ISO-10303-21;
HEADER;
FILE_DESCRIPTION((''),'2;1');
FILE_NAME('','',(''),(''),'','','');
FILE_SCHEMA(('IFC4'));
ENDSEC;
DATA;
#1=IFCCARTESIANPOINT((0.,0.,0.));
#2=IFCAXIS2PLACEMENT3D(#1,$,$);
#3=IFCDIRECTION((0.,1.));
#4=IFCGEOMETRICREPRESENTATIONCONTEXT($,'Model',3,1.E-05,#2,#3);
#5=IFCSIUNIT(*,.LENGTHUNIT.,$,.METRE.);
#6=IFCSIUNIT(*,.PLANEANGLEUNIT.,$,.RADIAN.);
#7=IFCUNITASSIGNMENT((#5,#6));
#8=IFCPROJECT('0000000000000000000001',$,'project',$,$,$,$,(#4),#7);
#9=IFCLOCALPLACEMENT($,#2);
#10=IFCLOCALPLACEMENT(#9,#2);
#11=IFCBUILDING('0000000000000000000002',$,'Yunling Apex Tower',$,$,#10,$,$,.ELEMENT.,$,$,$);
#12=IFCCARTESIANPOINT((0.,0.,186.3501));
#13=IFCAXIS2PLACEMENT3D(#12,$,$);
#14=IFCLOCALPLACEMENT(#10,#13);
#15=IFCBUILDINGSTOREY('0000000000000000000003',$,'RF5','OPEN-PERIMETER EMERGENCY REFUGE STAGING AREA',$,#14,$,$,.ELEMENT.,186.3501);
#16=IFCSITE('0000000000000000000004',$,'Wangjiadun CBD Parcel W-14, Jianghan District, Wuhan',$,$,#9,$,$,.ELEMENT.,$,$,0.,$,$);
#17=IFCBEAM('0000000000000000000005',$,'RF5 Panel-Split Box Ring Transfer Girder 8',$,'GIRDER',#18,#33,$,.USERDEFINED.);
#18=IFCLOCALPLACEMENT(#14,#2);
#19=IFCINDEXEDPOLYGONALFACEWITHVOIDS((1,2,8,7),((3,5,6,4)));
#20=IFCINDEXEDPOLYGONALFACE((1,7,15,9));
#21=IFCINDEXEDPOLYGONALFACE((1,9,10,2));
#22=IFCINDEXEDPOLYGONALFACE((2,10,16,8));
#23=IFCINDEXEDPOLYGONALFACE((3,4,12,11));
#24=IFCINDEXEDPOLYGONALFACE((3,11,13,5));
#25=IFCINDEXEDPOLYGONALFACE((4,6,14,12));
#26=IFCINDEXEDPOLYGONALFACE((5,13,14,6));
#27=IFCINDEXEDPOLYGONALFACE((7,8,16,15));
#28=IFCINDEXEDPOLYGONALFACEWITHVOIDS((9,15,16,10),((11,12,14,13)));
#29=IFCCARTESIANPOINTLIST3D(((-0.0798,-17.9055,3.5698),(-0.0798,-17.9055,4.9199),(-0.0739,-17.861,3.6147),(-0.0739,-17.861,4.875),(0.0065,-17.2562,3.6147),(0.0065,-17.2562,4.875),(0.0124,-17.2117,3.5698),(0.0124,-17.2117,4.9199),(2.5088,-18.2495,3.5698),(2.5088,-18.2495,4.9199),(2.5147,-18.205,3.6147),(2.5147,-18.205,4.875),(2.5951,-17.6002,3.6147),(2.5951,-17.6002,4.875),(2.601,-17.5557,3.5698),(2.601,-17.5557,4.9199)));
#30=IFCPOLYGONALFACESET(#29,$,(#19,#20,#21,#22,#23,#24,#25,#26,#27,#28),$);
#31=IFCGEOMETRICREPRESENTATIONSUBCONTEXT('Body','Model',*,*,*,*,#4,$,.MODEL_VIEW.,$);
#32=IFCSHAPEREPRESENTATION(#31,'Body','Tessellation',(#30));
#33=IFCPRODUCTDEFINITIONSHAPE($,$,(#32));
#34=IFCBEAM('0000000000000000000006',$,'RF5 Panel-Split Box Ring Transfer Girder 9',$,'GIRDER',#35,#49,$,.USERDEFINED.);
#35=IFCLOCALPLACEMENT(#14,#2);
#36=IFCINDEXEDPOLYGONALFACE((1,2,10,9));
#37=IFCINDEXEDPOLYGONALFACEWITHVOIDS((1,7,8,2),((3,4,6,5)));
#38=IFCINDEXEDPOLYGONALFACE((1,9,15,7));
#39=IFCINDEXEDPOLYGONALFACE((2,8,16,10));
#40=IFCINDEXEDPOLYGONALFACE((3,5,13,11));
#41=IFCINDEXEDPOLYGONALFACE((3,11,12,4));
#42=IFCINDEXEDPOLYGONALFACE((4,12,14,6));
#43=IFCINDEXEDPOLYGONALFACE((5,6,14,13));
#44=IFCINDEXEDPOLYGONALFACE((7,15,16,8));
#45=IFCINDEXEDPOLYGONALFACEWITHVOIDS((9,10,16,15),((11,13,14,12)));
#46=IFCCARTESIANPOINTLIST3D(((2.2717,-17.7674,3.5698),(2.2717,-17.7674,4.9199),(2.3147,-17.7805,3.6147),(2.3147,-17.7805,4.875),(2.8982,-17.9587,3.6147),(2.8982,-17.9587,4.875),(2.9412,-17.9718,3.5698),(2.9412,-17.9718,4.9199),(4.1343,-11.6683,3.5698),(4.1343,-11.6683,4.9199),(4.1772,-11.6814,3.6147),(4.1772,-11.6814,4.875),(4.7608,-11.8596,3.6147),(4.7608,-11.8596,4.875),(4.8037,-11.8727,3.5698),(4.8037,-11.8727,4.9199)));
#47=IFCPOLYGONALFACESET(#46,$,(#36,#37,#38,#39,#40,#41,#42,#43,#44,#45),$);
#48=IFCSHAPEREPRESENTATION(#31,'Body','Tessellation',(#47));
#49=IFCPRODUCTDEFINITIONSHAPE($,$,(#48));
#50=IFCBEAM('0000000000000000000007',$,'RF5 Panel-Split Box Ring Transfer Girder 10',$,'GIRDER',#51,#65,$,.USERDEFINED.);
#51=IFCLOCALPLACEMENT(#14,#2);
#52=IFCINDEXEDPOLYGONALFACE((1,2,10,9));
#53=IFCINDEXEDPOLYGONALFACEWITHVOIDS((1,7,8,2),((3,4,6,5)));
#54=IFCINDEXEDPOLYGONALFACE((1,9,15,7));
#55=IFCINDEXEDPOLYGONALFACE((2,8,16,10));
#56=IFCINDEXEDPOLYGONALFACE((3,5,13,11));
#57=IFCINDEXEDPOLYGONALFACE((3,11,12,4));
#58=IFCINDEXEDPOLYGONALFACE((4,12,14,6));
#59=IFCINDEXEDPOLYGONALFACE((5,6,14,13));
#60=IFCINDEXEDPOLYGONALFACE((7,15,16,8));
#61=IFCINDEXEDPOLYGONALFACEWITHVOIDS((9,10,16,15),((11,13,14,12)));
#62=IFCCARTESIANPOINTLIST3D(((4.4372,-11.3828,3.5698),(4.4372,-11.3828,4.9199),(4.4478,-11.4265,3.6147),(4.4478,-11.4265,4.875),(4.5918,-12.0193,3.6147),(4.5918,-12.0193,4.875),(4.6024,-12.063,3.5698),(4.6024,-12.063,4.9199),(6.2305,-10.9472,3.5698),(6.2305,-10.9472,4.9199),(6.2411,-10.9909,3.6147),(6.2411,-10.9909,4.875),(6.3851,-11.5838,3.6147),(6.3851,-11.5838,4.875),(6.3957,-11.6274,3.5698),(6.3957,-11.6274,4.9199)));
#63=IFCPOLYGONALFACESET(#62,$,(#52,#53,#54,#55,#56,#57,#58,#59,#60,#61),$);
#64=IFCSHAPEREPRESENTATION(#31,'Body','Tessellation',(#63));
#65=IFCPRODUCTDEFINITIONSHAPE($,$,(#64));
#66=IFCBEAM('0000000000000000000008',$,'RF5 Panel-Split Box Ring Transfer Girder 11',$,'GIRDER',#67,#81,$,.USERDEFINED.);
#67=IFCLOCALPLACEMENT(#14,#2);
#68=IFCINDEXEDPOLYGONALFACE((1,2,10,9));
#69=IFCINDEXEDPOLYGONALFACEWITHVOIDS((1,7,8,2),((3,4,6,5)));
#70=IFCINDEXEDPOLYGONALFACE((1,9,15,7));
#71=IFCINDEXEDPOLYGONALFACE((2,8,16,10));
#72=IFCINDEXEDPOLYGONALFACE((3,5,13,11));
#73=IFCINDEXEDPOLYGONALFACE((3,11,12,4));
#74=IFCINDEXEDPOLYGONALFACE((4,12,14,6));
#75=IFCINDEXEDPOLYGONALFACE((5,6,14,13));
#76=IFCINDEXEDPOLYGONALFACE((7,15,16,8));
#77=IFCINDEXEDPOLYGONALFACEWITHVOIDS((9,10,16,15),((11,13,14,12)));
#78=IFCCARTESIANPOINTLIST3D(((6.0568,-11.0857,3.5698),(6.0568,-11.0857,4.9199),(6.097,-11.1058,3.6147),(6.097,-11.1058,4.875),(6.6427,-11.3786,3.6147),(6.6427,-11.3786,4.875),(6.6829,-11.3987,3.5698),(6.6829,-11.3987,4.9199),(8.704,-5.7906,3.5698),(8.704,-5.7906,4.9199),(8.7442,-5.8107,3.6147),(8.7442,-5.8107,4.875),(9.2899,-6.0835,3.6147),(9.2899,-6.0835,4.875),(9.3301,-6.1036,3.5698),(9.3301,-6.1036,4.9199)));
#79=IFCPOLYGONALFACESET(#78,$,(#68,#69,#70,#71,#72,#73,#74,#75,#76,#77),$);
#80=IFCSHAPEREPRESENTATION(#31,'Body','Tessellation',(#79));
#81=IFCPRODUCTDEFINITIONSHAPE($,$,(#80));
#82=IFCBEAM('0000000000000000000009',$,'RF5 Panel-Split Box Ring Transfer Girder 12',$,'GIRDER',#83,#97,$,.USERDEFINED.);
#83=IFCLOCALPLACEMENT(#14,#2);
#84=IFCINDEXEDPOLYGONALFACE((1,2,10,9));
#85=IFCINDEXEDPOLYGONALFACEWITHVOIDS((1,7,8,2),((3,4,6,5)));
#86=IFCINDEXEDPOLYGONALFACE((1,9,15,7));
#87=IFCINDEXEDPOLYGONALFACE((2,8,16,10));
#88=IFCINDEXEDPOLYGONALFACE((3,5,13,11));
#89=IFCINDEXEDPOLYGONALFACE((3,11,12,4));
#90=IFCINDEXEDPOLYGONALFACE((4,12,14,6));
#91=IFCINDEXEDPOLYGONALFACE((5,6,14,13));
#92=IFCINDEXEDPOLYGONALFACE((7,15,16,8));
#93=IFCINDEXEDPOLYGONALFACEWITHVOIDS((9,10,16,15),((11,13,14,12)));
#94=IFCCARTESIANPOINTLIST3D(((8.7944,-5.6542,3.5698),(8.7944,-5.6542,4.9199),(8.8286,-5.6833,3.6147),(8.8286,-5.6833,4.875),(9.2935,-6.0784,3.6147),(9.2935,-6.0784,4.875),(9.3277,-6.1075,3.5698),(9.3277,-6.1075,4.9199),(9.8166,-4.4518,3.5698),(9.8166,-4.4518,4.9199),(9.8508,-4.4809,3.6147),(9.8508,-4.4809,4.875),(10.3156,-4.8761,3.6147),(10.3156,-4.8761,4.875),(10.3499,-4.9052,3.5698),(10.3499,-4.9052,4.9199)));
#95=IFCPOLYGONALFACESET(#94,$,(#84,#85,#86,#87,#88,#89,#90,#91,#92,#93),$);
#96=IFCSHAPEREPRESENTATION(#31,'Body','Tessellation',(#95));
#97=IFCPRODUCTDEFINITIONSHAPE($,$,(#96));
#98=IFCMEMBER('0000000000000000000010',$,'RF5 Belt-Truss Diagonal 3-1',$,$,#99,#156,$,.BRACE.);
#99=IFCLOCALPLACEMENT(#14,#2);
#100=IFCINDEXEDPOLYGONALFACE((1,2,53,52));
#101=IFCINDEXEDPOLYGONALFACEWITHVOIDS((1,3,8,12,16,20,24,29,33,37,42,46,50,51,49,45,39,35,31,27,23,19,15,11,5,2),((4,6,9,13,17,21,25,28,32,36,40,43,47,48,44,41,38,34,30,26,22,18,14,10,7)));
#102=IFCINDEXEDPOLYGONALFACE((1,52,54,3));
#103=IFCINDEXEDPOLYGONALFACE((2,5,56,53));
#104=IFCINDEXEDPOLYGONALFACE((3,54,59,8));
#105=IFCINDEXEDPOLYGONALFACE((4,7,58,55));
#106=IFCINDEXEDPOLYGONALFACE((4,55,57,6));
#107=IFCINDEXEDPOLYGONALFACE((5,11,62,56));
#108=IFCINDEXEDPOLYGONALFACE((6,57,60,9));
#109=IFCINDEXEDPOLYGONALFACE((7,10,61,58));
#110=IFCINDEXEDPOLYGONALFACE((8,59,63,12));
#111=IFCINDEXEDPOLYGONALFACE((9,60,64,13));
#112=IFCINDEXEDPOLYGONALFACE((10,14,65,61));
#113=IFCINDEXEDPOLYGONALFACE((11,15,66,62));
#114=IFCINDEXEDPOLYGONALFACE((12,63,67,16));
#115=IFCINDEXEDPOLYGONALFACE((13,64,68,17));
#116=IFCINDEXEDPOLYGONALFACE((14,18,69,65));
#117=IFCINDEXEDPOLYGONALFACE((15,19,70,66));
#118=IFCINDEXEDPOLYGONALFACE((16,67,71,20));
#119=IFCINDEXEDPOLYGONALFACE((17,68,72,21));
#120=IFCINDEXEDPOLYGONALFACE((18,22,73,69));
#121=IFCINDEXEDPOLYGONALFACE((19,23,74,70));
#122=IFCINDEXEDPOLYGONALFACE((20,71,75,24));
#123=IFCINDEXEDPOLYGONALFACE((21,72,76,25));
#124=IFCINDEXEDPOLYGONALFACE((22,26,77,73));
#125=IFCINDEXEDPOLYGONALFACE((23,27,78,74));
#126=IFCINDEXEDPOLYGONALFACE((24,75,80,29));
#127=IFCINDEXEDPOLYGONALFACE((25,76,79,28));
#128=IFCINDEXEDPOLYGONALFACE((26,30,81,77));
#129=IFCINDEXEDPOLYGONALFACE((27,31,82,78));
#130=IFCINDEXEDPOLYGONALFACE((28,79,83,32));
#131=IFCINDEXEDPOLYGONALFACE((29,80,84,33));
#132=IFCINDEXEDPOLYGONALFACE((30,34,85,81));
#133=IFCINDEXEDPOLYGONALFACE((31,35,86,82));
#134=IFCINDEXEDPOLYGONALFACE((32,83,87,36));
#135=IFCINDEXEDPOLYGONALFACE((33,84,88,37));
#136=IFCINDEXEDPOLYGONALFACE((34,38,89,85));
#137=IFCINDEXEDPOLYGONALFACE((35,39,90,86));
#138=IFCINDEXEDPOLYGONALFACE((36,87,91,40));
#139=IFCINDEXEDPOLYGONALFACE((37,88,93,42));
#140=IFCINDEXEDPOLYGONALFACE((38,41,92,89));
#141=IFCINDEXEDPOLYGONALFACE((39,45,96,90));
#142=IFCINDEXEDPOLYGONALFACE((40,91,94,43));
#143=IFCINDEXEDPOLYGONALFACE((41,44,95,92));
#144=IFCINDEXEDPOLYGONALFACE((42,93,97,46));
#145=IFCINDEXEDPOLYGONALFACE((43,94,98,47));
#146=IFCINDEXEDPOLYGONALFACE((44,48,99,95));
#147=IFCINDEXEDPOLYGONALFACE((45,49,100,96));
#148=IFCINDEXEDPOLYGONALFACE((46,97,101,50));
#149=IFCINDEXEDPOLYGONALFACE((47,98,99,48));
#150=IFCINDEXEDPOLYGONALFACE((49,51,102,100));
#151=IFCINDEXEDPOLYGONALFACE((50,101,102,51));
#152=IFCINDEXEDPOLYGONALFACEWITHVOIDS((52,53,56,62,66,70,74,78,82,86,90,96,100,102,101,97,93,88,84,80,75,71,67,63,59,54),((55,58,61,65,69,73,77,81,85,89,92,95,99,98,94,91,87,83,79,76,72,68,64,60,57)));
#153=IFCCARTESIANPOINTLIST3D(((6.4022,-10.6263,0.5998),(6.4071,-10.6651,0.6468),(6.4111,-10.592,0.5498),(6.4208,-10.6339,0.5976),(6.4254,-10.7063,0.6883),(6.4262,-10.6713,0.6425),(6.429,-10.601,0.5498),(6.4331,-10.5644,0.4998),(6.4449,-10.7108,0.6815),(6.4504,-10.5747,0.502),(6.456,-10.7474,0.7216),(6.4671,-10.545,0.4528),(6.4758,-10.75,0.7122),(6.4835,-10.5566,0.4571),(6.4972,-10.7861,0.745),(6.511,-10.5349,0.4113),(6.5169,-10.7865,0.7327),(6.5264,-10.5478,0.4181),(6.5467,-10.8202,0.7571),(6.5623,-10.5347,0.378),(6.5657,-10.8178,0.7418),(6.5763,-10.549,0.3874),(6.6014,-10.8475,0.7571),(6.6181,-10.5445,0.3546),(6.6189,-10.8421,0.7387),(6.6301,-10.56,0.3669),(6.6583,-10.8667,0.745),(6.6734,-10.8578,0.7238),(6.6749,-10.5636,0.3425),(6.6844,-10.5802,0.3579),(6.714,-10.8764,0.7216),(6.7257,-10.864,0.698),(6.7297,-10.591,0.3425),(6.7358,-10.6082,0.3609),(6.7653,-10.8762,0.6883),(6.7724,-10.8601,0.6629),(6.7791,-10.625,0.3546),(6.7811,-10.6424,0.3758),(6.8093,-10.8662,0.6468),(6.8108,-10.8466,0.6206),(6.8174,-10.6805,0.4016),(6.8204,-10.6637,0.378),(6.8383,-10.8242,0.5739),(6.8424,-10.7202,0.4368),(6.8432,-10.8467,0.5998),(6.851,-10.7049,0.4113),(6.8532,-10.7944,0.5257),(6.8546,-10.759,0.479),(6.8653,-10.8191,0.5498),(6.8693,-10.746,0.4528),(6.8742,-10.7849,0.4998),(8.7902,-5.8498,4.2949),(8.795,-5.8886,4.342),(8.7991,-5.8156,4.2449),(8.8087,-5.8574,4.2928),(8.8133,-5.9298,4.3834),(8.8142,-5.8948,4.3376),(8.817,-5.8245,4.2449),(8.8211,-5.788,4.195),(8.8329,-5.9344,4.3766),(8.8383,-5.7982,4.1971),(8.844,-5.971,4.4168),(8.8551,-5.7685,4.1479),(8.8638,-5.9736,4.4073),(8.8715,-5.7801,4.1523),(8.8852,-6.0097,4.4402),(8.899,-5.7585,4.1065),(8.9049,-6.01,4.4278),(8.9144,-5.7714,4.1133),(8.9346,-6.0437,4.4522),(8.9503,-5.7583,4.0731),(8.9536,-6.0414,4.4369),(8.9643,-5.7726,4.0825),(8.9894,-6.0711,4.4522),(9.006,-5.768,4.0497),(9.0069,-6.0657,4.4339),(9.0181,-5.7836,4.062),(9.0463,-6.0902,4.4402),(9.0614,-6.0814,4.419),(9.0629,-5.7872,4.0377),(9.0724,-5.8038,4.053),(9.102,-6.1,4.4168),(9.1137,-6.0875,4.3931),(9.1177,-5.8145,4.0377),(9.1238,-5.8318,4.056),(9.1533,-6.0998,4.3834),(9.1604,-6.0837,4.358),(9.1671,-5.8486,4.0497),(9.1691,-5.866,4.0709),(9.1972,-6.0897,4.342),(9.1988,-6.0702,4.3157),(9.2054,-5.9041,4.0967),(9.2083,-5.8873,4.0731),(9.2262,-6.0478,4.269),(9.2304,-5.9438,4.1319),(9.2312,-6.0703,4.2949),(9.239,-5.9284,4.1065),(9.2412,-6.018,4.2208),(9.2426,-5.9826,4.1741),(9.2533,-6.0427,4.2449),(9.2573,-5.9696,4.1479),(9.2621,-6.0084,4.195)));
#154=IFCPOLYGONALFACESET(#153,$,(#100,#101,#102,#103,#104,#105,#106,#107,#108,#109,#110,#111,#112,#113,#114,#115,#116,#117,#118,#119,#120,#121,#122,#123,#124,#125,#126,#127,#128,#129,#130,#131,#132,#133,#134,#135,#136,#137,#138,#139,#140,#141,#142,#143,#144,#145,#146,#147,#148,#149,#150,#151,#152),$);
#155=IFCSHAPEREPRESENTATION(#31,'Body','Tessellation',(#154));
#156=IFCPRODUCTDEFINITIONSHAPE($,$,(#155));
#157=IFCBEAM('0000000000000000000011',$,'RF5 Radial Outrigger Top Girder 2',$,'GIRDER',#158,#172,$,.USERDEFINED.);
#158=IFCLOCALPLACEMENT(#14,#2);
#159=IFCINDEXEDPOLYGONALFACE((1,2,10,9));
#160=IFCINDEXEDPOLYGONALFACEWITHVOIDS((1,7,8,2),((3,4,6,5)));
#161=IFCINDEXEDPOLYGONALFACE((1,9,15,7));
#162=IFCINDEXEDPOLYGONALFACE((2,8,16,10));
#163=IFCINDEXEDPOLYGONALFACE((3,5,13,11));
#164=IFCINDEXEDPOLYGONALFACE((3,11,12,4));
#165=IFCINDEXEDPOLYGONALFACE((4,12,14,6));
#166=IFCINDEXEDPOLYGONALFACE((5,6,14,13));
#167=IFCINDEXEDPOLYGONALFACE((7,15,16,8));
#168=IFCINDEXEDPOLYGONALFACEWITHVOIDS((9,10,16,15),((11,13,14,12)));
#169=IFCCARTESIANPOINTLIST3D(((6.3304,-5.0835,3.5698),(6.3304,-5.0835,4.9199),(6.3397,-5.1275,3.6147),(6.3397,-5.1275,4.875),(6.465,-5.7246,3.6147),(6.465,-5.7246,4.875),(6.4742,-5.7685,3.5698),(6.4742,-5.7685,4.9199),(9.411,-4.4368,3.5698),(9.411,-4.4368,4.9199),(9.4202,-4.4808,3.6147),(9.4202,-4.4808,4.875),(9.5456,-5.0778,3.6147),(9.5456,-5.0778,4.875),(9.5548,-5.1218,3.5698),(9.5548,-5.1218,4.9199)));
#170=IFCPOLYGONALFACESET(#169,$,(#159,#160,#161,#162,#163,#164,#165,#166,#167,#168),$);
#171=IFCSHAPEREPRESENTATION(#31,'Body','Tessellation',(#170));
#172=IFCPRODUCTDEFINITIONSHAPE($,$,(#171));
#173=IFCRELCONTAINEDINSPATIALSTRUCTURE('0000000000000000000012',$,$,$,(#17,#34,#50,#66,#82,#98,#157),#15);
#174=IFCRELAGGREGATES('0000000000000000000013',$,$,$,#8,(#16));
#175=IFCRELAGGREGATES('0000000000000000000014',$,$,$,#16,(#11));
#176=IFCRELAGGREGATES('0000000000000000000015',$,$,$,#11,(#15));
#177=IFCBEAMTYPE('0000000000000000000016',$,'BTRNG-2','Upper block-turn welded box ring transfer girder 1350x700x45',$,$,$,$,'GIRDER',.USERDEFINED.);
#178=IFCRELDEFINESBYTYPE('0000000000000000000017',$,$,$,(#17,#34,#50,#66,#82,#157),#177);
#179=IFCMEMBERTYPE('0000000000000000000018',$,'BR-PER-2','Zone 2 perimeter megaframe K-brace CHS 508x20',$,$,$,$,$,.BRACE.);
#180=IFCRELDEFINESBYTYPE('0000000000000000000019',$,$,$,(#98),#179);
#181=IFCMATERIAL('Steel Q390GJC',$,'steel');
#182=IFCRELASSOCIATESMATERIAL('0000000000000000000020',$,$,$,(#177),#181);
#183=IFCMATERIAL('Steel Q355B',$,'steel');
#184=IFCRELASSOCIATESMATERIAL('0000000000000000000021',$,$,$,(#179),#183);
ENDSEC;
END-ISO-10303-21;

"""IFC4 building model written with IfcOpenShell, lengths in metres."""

from ifc_helpers import new_model, si_unit, direction, frame, origin, origin_2d, place, context, subcontext, project, spatial, hollow_rectangle, hollow_circle, extrude, source, transform, mapped, material, material_profile, profile_set, type_object, element, save


model = new_model("IFC4")

# Units and contexts
model_context = context("Model", 3, precision=1e-05, world=origin(), true_north=direction((0.0, 1.0)))
body_context = subcontext(model_context, "Body", "Model", "MODEL_VIEW")
ifc_project = project(units=[si_unit("LENGTHUNIT", "METRE"), si_unit("PLANEANGLEUNIT", "RADIAN")], contexts=[model_context])

# Site, building, storey
site_placement = place(None, origin())
site = spatial("IfcSite", under=ifc_project, at=site_placement, Name="Wangjiadun CBD Parcel W-14, Jianghan District, Wuhan", CompositionType="ELEMENT", RefElevation=0.0)
building_placement = place(site_placement, origin())
building = spatial("IfcBuilding", under=site, at=building_placement, Name="Yunling Apex Tower", CompositionType="ELEMENT")
storey_placement = place(building_placement, frame((0.0, 0.0, 186.3501)))
storey = spatial("IfcBuildingStorey", under=building, at=storey_placement, Name="RF5", Description="OPEN-PERIMETER EMERGENCY REFUGE STAGING AREA", CompositionType="ELEMENT", Elevation=186.3501)

# Shared definitions
ifc_material_1 = material(Name="Steel Q390GJC", Category="steel")

# Shared definitions
ifc_material_2 = material(Name="Steel Q355B", Category="steel")

# Beams
ifc_material_profile_1 = material_profile(ifc_material_1, hollow_rectangle(XDim=0.7, YDim=1.3501, WallThickness=0.0449, at=origin_2d()))
ifc_profile_set_1 = profile_set([ifc_material_profile_1], Name="Steel Q390GJC")
beam_type_1 = type_object("IfcBeamType", Name="BTRNG-2", Description="Upper block-turn welded box ring transfer girder 1350x700x45", ElementType="GIRDER", PredefinedType="USERDEFINED", material=ifc_profile_set_1)
shared_shape_1 = source(origin(), body_context, "Body", "SweptSolid", [
    extrude(hollow_rectangle(XDim=0.7, YDim=1.3501, WallThickness=0.0449, at=origin_2d()), origin(), (0.0, 0.0, 1.0), 2.6113),
])
beam_1_placement = place(storey_placement, frame((-0.0337, -17.5586, 4.2449), z_axis=(0.991286, -0.131729, 0.0), x_axis=(0.131729, 0.991286, 0.0)))
element("IfcBeam", 1, at=beam_1_placement, inside=storey, type_object=beam_type_1, Name="RF5 Panel-Split Box Ring Transfer Girder 8", ObjectType="GIRDER", PredefinedType="USERDEFINED", context=body_context, shape_type="MappedRepresentation", body=[
    mapped(shared_shape_1, transform((0.0, 0.0, 0.0), scale=1.0)),
])
shared_shape_2 = source(origin(), body_context, "Body", "SweptSolid", [
    extrude(hollow_rectangle(XDim=0.7, YDim=1.3501, WallThickness=0.0449, at=origin_2d()), origin(), (0.0, 0.0, 1.0), 6.3772),
])
beam_2_placement = place(storey_placement, frame((2.6064, -17.8696, 4.2449), z_axis=(0.292065, 0.956399, 0.0), x_axis=(-0.956399, 0.292065, 0.0)))
element("IfcBeam", 2, at=beam_2_placement, inside=storey, type_object=beam_type_1, Name="RF5 Panel-Split Box Ring Transfer Girder 9", ObjectType="GIRDER", PredefinedType="USERDEFINED", context=body_context, shape_type="MappedRepresentation", body=[
    mapped(shared_shape_2, transform((0.0, 0.0, 0.0), scale=1.0)),
])
shared_shape_3 = source(origin(), body_context, "Body", "SweptSolid", [
    extrude(hollow_rectangle(XDim=0.7, YDim=1.3501, WallThickness=0.0449, at=origin_2d()), origin(), (0.0, 0.0, 1.0), 1.8455),
])
beam_3_placement = place(storey_placement, frame((4.5198, -11.7229, 4.2449), z_axis=(0.971747, 0.236024, 0.0), x_axis=(-0.236024, 0.971747, 0.0)))
element("IfcBeam", 3, at=beam_3_placement, inside=storey, type_object=beam_type_1, Name="RF5 Panel-Split Box Ring Transfer Girder 10", ObjectType="GIRDER", PredefinedType="USERDEFINED", context=body_context, shape_type="MappedRepresentation", body=[
    mapped(shared_shape_3, transform((0.0, 0.0, 0.0), scale=1.0)),
])
shared_shape_4 = source(origin(), body_context, "Body", "SweptSolid", [
    extrude(hollow_rectangle(XDim=0.7, YDim=1.3501, WallThickness=0.0449, at=origin_2d()), origin(), (0.0, 0.0, 1.0), 5.9199),
])
beam_4_placement = place(storey_placement, frame((6.3699, -11.2422, 4.2449), z_axis=(0.447164, 0.894452, 0.0), x_axis=(-0.894452, 0.447164, 0.0)))
element("IfcBeam", 4, at=beam_4_placement, inside=storey, type_object=beam_type_1, Name="RF5 Panel-Split Box Ring Transfer Girder 11", ObjectType="GIRDER", PredefinedType="USERDEFINED", context=body_context, shape_type="MappedRepresentation", body=[
    mapped(shared_shape_4, transform((0.0, 0.0, 0.0), scale=1.0)),
])
shared_shape_5 = source(origin(), body_context, "Body", "SweptSolid", [
    extrude(hollow_rectangle(XDim=0.7, YDim=1.3501, WallThickness=0.0449, at=origin_2d()), origin(), (0.0, 0.0, 1.0), 1.5781),
])
beam_5_placement = place(storey_placement, frame((9.061, -5.8809, 4.2449), z_axis=(0.647716, 0.761882, 0.0), x_axis=(-0.761882, 0.647716, 0.0)))
element("IfcBeam", 5, at=beam_5_placement, inside=storey, type_object=beam_type_1, Name="RF5 Panel-Split Box Ring Transfer Girder 12", ObjectType="GIRDER", PredefinedType="USERDEFINED", context=body_context, shape_type="MappedRepresentation", body=[
    mapped(shared_shape_5, transform((0.0, 0.0, 0.0), scale=1.0)),
])

# Member
ifc_material_profile_2 = material_profile(ifc_material_2, hollow_circle(Radius=0.2539, WallThickness=0.02, at=origin_2d()))
ifc_profile_set_2 = profile_set([ifc_material_profile_2], Name="Steel Q355B")
member_type_1 = type_object("IfcMemberType", Name="BR-PER-2", Description="Zone 2 perimeter megaframe K-brace CHS 508x20", PredefinedType="BRACE", material=ifc_profile_set_2)
shared_shape_6 = source(origin(), body_context, "Body", "SweptSolid", [
    extrude(hollow_circle(Radius=0.2539, WallThickness=0.02, at=origin_2d()), origin(), (0.0, 0.0, 1.0), 6.4939),
])
member_1_placement = place(storey_placement, frame((6.6382, -10.7056, 0.5498), z_axis=(0.367726, 0.735527, 0.569015), x_axis=(-0.894445, 0.447177, 0.0)))
element("IfcMember", 6, at=member_1_placement, inside=storey, type_object=member_type_1, Name="RF5 Belt-Truss Diagonal 3-1", PredefinedType="BRACE", context=body_context, shape_type="MappedRepresentation", body=[
    mapped(shared_shape_6, transform((0.0, 0.0, 0.0), scale=1.0)),
])

# Beam
shared_shape_7 = source(origin(), body_context, "Body", "SweptSolid", [
    extrude(hollow_rectangle(XDim=0.7, YDim=1.3501, WallThickness=0.0449, at=origin_2d()), origin(), (0.0, 0.0, 1.0), 3.1477),
])
beam_6_placement = place(storey_placement, frame((6.4023, -5.426, 4.2449), z_axis=(0.978666, 0.205459, 0.0), x_axis=(-0.205459, 0.978666, 0.0)))
element("IfcBeam", 7, at=beam_6_placement, inside=storey, type_object=beam_type_1, Name="RF5 Radial Outrigger Top Girder 2", ObjectType="GIRDER", PredefinedType="USERDEFINED", context=body_context, shape_type="MappedRepresentation", body=[
    mapped(shared_shape_7, transform((0.0, 0.0, 0.0), scale=1.0)),
])

save(model, "model.ifc")
